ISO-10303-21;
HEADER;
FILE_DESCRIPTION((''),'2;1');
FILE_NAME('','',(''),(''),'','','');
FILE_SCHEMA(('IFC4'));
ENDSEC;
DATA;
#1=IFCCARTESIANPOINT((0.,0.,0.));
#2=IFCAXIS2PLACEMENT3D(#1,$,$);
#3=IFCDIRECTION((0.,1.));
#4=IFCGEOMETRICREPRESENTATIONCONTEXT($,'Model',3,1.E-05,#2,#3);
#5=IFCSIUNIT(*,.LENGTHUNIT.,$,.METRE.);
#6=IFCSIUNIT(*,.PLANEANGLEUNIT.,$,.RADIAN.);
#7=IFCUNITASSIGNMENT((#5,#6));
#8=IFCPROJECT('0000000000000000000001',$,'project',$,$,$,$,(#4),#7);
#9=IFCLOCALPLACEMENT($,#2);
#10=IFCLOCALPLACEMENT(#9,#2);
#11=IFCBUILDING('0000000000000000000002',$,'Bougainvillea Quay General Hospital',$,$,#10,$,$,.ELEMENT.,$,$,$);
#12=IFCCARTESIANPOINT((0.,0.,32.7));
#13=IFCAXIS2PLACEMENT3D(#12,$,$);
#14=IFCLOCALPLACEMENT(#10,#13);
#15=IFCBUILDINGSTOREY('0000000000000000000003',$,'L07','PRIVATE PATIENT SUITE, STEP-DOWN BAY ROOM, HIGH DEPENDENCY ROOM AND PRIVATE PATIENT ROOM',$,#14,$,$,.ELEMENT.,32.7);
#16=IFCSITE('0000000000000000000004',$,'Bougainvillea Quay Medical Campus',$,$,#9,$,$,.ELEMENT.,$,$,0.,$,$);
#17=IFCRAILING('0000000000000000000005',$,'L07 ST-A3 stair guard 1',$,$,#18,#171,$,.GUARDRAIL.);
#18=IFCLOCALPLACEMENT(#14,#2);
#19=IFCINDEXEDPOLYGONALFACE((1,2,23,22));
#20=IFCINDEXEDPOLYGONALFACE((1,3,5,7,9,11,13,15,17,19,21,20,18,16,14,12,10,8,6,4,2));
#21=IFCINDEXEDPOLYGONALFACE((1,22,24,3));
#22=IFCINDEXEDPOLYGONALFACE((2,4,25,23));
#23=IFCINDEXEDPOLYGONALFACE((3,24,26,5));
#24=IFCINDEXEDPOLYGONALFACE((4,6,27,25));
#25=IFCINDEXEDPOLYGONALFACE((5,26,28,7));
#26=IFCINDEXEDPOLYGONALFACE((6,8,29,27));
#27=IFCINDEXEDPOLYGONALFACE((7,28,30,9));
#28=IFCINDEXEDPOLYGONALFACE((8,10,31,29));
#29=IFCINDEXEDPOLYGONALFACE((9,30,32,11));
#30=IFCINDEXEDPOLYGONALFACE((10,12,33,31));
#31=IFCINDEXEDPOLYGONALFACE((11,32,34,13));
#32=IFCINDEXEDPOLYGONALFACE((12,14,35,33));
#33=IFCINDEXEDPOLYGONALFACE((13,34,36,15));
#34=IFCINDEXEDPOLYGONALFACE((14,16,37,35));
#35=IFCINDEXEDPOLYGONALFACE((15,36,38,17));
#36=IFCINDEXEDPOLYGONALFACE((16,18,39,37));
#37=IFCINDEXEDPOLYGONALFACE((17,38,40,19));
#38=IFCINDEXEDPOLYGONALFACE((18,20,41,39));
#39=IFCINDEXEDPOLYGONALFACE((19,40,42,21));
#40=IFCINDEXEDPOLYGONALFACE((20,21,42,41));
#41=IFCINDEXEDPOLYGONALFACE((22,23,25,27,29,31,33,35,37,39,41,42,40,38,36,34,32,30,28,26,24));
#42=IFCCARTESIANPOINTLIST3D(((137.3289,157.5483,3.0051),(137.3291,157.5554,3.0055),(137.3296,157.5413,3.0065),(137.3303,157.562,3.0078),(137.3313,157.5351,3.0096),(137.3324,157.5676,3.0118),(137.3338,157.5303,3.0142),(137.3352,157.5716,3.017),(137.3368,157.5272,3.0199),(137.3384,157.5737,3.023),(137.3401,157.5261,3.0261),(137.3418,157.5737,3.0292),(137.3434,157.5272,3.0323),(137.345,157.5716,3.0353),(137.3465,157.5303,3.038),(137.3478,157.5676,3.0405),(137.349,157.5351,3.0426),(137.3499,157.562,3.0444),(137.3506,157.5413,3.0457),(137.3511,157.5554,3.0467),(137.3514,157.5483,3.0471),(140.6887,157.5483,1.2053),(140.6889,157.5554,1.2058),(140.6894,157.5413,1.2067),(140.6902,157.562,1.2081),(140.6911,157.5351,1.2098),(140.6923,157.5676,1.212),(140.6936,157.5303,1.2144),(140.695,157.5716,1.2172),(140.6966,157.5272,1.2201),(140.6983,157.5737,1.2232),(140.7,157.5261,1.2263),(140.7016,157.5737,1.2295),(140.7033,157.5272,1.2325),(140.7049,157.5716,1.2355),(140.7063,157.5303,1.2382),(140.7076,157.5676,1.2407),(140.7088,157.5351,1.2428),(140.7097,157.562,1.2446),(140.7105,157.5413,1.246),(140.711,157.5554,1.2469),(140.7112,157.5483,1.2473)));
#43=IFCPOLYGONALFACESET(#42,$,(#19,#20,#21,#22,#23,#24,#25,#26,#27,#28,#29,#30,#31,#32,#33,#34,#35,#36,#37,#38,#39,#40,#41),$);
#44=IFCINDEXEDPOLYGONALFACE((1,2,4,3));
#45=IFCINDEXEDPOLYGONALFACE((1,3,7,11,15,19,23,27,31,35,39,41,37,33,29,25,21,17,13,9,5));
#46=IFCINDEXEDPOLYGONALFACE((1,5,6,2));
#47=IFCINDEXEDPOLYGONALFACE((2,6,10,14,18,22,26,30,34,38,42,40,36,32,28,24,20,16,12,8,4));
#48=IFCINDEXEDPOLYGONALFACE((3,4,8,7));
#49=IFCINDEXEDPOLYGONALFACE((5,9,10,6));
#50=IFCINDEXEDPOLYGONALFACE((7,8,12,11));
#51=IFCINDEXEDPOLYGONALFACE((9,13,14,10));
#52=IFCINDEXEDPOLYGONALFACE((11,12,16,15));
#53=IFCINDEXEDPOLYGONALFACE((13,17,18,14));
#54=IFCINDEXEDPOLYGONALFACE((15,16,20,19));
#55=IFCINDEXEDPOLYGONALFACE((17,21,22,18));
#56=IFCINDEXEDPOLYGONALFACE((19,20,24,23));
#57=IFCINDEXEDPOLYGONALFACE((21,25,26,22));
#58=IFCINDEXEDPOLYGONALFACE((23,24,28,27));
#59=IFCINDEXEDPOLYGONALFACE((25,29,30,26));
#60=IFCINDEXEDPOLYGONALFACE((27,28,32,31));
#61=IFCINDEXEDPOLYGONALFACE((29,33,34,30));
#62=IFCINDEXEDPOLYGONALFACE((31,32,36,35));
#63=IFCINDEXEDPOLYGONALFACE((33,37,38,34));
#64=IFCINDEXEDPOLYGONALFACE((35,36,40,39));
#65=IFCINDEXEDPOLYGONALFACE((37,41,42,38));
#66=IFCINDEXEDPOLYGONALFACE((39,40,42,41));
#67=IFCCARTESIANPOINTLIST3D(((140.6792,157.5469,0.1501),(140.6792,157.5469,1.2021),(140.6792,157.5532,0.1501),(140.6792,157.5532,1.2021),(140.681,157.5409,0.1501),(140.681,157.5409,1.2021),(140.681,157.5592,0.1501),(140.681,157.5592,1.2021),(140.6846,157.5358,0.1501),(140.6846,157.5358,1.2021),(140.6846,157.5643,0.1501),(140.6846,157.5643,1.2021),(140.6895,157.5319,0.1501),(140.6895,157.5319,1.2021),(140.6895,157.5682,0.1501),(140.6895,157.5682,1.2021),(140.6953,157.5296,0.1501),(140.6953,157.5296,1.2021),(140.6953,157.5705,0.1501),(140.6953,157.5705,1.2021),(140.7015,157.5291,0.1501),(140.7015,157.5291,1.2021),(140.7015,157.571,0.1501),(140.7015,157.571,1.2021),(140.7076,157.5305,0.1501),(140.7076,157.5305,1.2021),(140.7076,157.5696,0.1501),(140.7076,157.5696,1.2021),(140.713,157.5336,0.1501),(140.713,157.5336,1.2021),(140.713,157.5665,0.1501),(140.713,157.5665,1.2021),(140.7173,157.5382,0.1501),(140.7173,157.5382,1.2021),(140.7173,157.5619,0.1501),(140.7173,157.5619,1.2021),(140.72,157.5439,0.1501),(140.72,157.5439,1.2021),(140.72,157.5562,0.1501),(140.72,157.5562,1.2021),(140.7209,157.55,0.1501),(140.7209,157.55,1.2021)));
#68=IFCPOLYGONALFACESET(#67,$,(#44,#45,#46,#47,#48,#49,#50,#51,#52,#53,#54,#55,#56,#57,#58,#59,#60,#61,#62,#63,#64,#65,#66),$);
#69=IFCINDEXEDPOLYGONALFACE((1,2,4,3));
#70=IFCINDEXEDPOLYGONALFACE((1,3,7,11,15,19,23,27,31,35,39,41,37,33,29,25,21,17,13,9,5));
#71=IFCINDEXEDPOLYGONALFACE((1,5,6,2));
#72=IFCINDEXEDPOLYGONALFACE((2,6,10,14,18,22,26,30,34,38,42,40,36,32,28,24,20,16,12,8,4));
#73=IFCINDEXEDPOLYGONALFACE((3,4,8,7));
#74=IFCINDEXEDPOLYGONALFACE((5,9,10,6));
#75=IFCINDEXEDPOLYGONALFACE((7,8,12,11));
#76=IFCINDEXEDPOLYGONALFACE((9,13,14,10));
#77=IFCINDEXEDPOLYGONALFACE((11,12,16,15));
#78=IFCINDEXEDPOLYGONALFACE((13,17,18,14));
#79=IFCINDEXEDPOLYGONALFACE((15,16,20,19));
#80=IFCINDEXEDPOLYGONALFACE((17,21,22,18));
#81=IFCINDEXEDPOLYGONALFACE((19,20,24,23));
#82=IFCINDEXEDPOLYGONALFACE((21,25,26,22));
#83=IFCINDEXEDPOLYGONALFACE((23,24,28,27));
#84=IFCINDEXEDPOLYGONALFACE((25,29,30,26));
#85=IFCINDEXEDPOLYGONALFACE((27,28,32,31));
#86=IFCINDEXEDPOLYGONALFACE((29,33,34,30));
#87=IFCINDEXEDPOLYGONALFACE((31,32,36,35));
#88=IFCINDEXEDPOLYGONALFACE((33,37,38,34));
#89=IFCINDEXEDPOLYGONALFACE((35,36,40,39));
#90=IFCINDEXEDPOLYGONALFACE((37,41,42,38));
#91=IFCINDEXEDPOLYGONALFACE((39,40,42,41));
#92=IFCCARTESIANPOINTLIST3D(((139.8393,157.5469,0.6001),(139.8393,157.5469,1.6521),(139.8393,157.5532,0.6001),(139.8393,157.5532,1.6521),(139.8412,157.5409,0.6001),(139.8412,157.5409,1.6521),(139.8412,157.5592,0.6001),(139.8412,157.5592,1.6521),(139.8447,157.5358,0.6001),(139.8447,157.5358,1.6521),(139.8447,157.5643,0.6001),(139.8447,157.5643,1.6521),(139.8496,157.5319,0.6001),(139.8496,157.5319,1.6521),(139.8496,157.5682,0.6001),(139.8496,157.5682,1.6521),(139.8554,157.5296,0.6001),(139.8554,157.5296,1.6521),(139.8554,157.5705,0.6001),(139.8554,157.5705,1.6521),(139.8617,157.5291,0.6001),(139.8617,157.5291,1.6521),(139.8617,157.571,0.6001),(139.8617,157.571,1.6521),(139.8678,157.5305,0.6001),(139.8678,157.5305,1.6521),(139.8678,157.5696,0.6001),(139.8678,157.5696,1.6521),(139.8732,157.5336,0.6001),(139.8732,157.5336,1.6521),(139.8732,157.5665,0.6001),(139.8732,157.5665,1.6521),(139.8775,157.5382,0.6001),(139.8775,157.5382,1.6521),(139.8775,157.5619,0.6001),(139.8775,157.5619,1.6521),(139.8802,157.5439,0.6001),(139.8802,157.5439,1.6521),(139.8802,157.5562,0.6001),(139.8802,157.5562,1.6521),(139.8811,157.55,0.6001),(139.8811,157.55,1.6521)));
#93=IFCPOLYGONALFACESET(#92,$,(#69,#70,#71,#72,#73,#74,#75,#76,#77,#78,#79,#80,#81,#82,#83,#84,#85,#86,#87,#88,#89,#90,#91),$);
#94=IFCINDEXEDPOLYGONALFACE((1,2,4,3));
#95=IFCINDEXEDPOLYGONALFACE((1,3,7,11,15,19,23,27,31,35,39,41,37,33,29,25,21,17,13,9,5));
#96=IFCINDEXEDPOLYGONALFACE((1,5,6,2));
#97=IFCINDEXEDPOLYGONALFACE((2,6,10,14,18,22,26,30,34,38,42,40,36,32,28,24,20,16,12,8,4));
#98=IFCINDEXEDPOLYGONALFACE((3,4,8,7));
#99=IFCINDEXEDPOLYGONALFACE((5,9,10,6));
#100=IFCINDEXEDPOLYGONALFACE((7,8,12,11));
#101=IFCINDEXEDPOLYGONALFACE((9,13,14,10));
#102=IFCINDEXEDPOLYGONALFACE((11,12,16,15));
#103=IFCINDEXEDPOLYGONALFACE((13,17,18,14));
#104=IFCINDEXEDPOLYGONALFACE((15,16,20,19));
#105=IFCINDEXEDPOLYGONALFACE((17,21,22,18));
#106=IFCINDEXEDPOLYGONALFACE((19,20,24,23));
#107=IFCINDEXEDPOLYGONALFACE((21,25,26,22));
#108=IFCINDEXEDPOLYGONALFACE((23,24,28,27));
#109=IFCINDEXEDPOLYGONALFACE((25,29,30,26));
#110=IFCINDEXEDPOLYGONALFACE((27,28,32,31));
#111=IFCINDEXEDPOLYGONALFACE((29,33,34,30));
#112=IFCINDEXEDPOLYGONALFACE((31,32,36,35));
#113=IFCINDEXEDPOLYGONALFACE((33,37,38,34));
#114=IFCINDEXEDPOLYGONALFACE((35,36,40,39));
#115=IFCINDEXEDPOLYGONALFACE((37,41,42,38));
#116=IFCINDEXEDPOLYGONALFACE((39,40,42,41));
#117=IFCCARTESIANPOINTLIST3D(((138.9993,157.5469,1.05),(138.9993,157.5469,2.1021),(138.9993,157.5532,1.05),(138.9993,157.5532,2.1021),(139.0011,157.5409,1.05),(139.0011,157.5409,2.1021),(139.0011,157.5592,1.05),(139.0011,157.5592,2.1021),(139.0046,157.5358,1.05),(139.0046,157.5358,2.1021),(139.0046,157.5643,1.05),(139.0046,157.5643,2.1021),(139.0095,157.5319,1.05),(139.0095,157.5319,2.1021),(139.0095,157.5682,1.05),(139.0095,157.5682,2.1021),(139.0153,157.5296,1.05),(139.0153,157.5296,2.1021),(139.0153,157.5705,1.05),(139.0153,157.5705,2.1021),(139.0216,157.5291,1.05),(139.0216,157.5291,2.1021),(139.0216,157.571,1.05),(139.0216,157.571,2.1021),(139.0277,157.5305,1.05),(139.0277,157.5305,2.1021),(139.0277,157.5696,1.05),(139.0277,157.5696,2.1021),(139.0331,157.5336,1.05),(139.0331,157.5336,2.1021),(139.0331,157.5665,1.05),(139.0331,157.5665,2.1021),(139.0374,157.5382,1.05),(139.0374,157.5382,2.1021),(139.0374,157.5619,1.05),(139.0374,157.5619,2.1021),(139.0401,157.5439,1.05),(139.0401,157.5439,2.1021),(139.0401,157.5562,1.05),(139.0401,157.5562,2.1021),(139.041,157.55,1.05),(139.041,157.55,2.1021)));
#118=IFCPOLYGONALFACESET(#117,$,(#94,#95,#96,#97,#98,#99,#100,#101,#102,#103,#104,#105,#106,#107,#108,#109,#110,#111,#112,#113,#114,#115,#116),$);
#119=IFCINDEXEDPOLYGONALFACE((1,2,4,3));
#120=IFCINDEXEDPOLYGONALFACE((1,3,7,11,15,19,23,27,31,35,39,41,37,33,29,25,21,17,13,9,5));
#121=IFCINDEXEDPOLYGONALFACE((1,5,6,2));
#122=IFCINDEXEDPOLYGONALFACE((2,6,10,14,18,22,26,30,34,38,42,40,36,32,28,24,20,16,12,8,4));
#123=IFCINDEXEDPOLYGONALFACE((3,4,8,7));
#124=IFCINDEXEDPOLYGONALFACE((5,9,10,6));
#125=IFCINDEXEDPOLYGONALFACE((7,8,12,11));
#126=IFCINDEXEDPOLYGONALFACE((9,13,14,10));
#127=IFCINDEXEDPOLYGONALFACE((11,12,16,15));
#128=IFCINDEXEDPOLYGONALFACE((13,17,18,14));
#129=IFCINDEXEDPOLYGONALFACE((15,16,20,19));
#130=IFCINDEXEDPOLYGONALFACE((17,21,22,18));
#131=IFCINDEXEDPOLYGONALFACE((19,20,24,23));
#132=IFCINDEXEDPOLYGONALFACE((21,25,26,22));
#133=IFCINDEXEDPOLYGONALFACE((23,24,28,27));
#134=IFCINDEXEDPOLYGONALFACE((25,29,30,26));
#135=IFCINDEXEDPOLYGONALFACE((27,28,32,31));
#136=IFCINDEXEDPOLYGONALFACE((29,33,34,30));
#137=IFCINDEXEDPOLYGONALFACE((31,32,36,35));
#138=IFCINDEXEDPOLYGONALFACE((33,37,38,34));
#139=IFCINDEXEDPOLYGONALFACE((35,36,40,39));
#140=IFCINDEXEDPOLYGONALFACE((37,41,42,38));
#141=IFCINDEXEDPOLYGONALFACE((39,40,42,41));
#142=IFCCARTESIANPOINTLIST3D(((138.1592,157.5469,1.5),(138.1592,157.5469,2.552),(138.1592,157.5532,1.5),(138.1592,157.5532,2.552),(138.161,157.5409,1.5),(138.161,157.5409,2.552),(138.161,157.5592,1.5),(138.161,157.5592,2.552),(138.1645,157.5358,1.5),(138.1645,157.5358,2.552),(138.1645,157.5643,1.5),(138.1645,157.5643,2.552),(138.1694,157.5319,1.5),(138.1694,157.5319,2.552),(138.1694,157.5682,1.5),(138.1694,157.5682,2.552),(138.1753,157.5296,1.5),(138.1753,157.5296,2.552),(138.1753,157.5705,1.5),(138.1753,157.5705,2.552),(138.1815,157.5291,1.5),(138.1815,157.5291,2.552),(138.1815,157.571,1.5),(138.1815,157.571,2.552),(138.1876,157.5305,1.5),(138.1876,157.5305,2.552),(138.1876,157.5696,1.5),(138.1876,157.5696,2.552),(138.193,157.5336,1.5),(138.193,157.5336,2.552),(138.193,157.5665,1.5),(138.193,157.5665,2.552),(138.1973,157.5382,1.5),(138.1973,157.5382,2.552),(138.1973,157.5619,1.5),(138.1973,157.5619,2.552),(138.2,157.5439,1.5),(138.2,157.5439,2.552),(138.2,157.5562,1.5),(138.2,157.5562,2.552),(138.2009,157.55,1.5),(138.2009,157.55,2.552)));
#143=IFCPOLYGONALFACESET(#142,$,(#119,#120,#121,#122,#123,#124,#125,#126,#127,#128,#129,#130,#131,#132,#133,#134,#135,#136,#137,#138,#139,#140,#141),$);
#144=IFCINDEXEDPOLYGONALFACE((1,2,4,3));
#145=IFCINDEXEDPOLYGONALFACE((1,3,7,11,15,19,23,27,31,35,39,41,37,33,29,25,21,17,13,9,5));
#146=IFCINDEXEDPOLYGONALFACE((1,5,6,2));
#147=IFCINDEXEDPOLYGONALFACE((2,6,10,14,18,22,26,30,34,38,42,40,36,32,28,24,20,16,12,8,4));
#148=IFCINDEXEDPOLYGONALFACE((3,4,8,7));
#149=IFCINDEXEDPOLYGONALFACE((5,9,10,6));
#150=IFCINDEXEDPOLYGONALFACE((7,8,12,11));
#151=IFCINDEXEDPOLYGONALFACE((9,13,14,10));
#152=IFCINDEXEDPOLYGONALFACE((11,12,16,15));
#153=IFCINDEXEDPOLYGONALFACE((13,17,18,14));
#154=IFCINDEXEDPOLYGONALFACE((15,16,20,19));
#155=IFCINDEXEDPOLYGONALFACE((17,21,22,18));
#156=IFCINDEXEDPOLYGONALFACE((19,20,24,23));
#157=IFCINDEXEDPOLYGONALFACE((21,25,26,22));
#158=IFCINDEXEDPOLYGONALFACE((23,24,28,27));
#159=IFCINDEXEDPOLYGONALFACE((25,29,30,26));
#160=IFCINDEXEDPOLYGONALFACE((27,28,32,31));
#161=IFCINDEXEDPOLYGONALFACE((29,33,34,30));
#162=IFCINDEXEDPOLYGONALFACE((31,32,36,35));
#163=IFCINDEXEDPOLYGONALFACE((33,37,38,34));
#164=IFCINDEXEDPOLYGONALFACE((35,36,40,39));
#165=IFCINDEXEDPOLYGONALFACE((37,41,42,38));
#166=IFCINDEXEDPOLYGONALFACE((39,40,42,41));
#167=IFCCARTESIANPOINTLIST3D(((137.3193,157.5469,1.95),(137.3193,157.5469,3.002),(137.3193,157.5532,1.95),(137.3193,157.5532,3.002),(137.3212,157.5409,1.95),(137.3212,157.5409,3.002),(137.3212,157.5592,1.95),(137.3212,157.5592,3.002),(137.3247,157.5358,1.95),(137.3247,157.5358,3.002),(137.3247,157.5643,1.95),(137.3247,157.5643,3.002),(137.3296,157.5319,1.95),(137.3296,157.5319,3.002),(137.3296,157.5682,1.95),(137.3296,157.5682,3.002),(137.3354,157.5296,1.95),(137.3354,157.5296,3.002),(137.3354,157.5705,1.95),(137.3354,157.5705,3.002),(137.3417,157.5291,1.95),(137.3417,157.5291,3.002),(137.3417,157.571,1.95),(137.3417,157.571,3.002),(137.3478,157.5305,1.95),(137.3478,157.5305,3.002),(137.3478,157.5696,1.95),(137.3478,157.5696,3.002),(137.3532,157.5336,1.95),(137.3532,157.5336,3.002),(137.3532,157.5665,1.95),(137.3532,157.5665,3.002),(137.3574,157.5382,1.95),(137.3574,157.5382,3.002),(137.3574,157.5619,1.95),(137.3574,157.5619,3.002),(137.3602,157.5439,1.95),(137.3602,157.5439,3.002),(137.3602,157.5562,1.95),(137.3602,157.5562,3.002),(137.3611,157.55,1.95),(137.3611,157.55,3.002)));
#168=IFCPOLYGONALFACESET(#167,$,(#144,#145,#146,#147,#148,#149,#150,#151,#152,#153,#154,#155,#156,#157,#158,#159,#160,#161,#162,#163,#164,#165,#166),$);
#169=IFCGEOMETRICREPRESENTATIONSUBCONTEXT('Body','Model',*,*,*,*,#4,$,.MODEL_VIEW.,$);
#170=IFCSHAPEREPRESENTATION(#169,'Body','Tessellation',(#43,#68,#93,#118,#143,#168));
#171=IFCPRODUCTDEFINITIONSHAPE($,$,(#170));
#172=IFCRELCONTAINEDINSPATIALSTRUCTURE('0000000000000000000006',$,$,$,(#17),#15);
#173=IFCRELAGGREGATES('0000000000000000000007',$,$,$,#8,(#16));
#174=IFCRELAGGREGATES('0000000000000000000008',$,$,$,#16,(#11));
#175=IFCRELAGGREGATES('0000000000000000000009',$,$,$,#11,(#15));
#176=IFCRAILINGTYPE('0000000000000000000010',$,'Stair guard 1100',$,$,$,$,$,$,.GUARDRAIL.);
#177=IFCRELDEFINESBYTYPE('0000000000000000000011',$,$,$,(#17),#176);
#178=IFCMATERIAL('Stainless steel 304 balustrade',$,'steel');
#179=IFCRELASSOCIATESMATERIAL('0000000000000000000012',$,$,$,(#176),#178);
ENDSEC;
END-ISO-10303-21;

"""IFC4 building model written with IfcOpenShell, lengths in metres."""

from ifc_helpers import new_model, si_unit, direction, frame, origin, origin_2d, place, context, subcontext, project, spatial, circle, extrude, material, type_object, element, save


model = new_model("IFC4")

# Units and contexts
model_context = context("Model", 3, precision=1e-05, world=origin(), true_north=direction((0.0, 1.0)))
body_context = subcontext(model_context, "Body", "Model", "MODEL_VIEW")
ifc_project = project(units=[si_unit("LENGTHUNIT", "METRE"), si_unit("PLANEANGLEUNIT", "RADIAN")], contexts=[model_context])

# Site, building, storey
site_placement = place(None, origin())
site = spatial("IfcSite", under=ifc_project, at=site_placement, Name="Bougainvillea Quay Medical Campus", CompositionType="ELEMENT", RefElevation=0.0)
building_placement = place(site_placement, origin())
building = spatial("IfcBuilding", under=site, at=building_placement, Name="Bougainvillea Quay General Hospital", CompositionType="ELEMENT")
storey_placement = place(building_placement, frame((0.0, 0.0, 32.7)))
storey = spatial("IfcBuildingStorey", under=building, at=storey_placement, Name="L07", Description="PRIVATE PATIENT SUITE, STEP-DOWN BAY ROOM, HIGH DEPENDENCY ROOM AND PRIVATE PATIENT ROOM", CompositionType="ELEMENT", Elevation=32.7)

# Railing
ifc_material_1 = material(Name="Stainless steel 304 balustrade", Category="steel")
railing_type_1 = type_object("IfcRailingType", Name="Stair guard 1100", PredefinedType="GUARDRAIL", material=ifc_material_1)
railing_1_placement = place(storey_placement, frame((140.7, 157.55, 0.1501)))
element("IfcRailing", 1, at=railing_1_placement, inside=storey, type_object=railing_type_1, Name="L07 ST-A3 stair guard 1", PredefinedType="GUARDRAIL", context=body_context, shape_type="SweptSolid", body=[
    extrude(circle(Radius=0.0239, at=origin_2d()), frame((0.0, 0.0, 1.0762), z_axis=(-0.881493, 0.0, 0.472197), x_axis=(0.0, -1.0, 0.0)), (0.0, 0.0, 1.0), 3.8115),
    extrude(circle(Radius=0.021, at=origin_2d()), origin(), (0.0, 0.0, 1.0), 1.052),
    extrude(circle(Radius=0.021, at=origin_2d()), frame((-0.8398, 0.0, 0.45)), (0.0, 0.0, 1.0), 1.052),
    extrude(circle(Radius=0.021, at=origin_2d()), frame((-1.6799, 0.0, 0.8999)), (0.0, 0.0, 1.0), 1.052),
    extrude(circle(Radius=0.021, at=origin_2d()), frame((-2.52, 0.0, 1.3499)), (0.0, 0.0, 1.0), 1.052),
    extrude(circle(Radius=0.021, at=origin_2d()), frame((-3.3599, 0.0, 1.7998)), (0.0, 0.0, 1.0), 1.052),
])

save(model, "model.ifc")
